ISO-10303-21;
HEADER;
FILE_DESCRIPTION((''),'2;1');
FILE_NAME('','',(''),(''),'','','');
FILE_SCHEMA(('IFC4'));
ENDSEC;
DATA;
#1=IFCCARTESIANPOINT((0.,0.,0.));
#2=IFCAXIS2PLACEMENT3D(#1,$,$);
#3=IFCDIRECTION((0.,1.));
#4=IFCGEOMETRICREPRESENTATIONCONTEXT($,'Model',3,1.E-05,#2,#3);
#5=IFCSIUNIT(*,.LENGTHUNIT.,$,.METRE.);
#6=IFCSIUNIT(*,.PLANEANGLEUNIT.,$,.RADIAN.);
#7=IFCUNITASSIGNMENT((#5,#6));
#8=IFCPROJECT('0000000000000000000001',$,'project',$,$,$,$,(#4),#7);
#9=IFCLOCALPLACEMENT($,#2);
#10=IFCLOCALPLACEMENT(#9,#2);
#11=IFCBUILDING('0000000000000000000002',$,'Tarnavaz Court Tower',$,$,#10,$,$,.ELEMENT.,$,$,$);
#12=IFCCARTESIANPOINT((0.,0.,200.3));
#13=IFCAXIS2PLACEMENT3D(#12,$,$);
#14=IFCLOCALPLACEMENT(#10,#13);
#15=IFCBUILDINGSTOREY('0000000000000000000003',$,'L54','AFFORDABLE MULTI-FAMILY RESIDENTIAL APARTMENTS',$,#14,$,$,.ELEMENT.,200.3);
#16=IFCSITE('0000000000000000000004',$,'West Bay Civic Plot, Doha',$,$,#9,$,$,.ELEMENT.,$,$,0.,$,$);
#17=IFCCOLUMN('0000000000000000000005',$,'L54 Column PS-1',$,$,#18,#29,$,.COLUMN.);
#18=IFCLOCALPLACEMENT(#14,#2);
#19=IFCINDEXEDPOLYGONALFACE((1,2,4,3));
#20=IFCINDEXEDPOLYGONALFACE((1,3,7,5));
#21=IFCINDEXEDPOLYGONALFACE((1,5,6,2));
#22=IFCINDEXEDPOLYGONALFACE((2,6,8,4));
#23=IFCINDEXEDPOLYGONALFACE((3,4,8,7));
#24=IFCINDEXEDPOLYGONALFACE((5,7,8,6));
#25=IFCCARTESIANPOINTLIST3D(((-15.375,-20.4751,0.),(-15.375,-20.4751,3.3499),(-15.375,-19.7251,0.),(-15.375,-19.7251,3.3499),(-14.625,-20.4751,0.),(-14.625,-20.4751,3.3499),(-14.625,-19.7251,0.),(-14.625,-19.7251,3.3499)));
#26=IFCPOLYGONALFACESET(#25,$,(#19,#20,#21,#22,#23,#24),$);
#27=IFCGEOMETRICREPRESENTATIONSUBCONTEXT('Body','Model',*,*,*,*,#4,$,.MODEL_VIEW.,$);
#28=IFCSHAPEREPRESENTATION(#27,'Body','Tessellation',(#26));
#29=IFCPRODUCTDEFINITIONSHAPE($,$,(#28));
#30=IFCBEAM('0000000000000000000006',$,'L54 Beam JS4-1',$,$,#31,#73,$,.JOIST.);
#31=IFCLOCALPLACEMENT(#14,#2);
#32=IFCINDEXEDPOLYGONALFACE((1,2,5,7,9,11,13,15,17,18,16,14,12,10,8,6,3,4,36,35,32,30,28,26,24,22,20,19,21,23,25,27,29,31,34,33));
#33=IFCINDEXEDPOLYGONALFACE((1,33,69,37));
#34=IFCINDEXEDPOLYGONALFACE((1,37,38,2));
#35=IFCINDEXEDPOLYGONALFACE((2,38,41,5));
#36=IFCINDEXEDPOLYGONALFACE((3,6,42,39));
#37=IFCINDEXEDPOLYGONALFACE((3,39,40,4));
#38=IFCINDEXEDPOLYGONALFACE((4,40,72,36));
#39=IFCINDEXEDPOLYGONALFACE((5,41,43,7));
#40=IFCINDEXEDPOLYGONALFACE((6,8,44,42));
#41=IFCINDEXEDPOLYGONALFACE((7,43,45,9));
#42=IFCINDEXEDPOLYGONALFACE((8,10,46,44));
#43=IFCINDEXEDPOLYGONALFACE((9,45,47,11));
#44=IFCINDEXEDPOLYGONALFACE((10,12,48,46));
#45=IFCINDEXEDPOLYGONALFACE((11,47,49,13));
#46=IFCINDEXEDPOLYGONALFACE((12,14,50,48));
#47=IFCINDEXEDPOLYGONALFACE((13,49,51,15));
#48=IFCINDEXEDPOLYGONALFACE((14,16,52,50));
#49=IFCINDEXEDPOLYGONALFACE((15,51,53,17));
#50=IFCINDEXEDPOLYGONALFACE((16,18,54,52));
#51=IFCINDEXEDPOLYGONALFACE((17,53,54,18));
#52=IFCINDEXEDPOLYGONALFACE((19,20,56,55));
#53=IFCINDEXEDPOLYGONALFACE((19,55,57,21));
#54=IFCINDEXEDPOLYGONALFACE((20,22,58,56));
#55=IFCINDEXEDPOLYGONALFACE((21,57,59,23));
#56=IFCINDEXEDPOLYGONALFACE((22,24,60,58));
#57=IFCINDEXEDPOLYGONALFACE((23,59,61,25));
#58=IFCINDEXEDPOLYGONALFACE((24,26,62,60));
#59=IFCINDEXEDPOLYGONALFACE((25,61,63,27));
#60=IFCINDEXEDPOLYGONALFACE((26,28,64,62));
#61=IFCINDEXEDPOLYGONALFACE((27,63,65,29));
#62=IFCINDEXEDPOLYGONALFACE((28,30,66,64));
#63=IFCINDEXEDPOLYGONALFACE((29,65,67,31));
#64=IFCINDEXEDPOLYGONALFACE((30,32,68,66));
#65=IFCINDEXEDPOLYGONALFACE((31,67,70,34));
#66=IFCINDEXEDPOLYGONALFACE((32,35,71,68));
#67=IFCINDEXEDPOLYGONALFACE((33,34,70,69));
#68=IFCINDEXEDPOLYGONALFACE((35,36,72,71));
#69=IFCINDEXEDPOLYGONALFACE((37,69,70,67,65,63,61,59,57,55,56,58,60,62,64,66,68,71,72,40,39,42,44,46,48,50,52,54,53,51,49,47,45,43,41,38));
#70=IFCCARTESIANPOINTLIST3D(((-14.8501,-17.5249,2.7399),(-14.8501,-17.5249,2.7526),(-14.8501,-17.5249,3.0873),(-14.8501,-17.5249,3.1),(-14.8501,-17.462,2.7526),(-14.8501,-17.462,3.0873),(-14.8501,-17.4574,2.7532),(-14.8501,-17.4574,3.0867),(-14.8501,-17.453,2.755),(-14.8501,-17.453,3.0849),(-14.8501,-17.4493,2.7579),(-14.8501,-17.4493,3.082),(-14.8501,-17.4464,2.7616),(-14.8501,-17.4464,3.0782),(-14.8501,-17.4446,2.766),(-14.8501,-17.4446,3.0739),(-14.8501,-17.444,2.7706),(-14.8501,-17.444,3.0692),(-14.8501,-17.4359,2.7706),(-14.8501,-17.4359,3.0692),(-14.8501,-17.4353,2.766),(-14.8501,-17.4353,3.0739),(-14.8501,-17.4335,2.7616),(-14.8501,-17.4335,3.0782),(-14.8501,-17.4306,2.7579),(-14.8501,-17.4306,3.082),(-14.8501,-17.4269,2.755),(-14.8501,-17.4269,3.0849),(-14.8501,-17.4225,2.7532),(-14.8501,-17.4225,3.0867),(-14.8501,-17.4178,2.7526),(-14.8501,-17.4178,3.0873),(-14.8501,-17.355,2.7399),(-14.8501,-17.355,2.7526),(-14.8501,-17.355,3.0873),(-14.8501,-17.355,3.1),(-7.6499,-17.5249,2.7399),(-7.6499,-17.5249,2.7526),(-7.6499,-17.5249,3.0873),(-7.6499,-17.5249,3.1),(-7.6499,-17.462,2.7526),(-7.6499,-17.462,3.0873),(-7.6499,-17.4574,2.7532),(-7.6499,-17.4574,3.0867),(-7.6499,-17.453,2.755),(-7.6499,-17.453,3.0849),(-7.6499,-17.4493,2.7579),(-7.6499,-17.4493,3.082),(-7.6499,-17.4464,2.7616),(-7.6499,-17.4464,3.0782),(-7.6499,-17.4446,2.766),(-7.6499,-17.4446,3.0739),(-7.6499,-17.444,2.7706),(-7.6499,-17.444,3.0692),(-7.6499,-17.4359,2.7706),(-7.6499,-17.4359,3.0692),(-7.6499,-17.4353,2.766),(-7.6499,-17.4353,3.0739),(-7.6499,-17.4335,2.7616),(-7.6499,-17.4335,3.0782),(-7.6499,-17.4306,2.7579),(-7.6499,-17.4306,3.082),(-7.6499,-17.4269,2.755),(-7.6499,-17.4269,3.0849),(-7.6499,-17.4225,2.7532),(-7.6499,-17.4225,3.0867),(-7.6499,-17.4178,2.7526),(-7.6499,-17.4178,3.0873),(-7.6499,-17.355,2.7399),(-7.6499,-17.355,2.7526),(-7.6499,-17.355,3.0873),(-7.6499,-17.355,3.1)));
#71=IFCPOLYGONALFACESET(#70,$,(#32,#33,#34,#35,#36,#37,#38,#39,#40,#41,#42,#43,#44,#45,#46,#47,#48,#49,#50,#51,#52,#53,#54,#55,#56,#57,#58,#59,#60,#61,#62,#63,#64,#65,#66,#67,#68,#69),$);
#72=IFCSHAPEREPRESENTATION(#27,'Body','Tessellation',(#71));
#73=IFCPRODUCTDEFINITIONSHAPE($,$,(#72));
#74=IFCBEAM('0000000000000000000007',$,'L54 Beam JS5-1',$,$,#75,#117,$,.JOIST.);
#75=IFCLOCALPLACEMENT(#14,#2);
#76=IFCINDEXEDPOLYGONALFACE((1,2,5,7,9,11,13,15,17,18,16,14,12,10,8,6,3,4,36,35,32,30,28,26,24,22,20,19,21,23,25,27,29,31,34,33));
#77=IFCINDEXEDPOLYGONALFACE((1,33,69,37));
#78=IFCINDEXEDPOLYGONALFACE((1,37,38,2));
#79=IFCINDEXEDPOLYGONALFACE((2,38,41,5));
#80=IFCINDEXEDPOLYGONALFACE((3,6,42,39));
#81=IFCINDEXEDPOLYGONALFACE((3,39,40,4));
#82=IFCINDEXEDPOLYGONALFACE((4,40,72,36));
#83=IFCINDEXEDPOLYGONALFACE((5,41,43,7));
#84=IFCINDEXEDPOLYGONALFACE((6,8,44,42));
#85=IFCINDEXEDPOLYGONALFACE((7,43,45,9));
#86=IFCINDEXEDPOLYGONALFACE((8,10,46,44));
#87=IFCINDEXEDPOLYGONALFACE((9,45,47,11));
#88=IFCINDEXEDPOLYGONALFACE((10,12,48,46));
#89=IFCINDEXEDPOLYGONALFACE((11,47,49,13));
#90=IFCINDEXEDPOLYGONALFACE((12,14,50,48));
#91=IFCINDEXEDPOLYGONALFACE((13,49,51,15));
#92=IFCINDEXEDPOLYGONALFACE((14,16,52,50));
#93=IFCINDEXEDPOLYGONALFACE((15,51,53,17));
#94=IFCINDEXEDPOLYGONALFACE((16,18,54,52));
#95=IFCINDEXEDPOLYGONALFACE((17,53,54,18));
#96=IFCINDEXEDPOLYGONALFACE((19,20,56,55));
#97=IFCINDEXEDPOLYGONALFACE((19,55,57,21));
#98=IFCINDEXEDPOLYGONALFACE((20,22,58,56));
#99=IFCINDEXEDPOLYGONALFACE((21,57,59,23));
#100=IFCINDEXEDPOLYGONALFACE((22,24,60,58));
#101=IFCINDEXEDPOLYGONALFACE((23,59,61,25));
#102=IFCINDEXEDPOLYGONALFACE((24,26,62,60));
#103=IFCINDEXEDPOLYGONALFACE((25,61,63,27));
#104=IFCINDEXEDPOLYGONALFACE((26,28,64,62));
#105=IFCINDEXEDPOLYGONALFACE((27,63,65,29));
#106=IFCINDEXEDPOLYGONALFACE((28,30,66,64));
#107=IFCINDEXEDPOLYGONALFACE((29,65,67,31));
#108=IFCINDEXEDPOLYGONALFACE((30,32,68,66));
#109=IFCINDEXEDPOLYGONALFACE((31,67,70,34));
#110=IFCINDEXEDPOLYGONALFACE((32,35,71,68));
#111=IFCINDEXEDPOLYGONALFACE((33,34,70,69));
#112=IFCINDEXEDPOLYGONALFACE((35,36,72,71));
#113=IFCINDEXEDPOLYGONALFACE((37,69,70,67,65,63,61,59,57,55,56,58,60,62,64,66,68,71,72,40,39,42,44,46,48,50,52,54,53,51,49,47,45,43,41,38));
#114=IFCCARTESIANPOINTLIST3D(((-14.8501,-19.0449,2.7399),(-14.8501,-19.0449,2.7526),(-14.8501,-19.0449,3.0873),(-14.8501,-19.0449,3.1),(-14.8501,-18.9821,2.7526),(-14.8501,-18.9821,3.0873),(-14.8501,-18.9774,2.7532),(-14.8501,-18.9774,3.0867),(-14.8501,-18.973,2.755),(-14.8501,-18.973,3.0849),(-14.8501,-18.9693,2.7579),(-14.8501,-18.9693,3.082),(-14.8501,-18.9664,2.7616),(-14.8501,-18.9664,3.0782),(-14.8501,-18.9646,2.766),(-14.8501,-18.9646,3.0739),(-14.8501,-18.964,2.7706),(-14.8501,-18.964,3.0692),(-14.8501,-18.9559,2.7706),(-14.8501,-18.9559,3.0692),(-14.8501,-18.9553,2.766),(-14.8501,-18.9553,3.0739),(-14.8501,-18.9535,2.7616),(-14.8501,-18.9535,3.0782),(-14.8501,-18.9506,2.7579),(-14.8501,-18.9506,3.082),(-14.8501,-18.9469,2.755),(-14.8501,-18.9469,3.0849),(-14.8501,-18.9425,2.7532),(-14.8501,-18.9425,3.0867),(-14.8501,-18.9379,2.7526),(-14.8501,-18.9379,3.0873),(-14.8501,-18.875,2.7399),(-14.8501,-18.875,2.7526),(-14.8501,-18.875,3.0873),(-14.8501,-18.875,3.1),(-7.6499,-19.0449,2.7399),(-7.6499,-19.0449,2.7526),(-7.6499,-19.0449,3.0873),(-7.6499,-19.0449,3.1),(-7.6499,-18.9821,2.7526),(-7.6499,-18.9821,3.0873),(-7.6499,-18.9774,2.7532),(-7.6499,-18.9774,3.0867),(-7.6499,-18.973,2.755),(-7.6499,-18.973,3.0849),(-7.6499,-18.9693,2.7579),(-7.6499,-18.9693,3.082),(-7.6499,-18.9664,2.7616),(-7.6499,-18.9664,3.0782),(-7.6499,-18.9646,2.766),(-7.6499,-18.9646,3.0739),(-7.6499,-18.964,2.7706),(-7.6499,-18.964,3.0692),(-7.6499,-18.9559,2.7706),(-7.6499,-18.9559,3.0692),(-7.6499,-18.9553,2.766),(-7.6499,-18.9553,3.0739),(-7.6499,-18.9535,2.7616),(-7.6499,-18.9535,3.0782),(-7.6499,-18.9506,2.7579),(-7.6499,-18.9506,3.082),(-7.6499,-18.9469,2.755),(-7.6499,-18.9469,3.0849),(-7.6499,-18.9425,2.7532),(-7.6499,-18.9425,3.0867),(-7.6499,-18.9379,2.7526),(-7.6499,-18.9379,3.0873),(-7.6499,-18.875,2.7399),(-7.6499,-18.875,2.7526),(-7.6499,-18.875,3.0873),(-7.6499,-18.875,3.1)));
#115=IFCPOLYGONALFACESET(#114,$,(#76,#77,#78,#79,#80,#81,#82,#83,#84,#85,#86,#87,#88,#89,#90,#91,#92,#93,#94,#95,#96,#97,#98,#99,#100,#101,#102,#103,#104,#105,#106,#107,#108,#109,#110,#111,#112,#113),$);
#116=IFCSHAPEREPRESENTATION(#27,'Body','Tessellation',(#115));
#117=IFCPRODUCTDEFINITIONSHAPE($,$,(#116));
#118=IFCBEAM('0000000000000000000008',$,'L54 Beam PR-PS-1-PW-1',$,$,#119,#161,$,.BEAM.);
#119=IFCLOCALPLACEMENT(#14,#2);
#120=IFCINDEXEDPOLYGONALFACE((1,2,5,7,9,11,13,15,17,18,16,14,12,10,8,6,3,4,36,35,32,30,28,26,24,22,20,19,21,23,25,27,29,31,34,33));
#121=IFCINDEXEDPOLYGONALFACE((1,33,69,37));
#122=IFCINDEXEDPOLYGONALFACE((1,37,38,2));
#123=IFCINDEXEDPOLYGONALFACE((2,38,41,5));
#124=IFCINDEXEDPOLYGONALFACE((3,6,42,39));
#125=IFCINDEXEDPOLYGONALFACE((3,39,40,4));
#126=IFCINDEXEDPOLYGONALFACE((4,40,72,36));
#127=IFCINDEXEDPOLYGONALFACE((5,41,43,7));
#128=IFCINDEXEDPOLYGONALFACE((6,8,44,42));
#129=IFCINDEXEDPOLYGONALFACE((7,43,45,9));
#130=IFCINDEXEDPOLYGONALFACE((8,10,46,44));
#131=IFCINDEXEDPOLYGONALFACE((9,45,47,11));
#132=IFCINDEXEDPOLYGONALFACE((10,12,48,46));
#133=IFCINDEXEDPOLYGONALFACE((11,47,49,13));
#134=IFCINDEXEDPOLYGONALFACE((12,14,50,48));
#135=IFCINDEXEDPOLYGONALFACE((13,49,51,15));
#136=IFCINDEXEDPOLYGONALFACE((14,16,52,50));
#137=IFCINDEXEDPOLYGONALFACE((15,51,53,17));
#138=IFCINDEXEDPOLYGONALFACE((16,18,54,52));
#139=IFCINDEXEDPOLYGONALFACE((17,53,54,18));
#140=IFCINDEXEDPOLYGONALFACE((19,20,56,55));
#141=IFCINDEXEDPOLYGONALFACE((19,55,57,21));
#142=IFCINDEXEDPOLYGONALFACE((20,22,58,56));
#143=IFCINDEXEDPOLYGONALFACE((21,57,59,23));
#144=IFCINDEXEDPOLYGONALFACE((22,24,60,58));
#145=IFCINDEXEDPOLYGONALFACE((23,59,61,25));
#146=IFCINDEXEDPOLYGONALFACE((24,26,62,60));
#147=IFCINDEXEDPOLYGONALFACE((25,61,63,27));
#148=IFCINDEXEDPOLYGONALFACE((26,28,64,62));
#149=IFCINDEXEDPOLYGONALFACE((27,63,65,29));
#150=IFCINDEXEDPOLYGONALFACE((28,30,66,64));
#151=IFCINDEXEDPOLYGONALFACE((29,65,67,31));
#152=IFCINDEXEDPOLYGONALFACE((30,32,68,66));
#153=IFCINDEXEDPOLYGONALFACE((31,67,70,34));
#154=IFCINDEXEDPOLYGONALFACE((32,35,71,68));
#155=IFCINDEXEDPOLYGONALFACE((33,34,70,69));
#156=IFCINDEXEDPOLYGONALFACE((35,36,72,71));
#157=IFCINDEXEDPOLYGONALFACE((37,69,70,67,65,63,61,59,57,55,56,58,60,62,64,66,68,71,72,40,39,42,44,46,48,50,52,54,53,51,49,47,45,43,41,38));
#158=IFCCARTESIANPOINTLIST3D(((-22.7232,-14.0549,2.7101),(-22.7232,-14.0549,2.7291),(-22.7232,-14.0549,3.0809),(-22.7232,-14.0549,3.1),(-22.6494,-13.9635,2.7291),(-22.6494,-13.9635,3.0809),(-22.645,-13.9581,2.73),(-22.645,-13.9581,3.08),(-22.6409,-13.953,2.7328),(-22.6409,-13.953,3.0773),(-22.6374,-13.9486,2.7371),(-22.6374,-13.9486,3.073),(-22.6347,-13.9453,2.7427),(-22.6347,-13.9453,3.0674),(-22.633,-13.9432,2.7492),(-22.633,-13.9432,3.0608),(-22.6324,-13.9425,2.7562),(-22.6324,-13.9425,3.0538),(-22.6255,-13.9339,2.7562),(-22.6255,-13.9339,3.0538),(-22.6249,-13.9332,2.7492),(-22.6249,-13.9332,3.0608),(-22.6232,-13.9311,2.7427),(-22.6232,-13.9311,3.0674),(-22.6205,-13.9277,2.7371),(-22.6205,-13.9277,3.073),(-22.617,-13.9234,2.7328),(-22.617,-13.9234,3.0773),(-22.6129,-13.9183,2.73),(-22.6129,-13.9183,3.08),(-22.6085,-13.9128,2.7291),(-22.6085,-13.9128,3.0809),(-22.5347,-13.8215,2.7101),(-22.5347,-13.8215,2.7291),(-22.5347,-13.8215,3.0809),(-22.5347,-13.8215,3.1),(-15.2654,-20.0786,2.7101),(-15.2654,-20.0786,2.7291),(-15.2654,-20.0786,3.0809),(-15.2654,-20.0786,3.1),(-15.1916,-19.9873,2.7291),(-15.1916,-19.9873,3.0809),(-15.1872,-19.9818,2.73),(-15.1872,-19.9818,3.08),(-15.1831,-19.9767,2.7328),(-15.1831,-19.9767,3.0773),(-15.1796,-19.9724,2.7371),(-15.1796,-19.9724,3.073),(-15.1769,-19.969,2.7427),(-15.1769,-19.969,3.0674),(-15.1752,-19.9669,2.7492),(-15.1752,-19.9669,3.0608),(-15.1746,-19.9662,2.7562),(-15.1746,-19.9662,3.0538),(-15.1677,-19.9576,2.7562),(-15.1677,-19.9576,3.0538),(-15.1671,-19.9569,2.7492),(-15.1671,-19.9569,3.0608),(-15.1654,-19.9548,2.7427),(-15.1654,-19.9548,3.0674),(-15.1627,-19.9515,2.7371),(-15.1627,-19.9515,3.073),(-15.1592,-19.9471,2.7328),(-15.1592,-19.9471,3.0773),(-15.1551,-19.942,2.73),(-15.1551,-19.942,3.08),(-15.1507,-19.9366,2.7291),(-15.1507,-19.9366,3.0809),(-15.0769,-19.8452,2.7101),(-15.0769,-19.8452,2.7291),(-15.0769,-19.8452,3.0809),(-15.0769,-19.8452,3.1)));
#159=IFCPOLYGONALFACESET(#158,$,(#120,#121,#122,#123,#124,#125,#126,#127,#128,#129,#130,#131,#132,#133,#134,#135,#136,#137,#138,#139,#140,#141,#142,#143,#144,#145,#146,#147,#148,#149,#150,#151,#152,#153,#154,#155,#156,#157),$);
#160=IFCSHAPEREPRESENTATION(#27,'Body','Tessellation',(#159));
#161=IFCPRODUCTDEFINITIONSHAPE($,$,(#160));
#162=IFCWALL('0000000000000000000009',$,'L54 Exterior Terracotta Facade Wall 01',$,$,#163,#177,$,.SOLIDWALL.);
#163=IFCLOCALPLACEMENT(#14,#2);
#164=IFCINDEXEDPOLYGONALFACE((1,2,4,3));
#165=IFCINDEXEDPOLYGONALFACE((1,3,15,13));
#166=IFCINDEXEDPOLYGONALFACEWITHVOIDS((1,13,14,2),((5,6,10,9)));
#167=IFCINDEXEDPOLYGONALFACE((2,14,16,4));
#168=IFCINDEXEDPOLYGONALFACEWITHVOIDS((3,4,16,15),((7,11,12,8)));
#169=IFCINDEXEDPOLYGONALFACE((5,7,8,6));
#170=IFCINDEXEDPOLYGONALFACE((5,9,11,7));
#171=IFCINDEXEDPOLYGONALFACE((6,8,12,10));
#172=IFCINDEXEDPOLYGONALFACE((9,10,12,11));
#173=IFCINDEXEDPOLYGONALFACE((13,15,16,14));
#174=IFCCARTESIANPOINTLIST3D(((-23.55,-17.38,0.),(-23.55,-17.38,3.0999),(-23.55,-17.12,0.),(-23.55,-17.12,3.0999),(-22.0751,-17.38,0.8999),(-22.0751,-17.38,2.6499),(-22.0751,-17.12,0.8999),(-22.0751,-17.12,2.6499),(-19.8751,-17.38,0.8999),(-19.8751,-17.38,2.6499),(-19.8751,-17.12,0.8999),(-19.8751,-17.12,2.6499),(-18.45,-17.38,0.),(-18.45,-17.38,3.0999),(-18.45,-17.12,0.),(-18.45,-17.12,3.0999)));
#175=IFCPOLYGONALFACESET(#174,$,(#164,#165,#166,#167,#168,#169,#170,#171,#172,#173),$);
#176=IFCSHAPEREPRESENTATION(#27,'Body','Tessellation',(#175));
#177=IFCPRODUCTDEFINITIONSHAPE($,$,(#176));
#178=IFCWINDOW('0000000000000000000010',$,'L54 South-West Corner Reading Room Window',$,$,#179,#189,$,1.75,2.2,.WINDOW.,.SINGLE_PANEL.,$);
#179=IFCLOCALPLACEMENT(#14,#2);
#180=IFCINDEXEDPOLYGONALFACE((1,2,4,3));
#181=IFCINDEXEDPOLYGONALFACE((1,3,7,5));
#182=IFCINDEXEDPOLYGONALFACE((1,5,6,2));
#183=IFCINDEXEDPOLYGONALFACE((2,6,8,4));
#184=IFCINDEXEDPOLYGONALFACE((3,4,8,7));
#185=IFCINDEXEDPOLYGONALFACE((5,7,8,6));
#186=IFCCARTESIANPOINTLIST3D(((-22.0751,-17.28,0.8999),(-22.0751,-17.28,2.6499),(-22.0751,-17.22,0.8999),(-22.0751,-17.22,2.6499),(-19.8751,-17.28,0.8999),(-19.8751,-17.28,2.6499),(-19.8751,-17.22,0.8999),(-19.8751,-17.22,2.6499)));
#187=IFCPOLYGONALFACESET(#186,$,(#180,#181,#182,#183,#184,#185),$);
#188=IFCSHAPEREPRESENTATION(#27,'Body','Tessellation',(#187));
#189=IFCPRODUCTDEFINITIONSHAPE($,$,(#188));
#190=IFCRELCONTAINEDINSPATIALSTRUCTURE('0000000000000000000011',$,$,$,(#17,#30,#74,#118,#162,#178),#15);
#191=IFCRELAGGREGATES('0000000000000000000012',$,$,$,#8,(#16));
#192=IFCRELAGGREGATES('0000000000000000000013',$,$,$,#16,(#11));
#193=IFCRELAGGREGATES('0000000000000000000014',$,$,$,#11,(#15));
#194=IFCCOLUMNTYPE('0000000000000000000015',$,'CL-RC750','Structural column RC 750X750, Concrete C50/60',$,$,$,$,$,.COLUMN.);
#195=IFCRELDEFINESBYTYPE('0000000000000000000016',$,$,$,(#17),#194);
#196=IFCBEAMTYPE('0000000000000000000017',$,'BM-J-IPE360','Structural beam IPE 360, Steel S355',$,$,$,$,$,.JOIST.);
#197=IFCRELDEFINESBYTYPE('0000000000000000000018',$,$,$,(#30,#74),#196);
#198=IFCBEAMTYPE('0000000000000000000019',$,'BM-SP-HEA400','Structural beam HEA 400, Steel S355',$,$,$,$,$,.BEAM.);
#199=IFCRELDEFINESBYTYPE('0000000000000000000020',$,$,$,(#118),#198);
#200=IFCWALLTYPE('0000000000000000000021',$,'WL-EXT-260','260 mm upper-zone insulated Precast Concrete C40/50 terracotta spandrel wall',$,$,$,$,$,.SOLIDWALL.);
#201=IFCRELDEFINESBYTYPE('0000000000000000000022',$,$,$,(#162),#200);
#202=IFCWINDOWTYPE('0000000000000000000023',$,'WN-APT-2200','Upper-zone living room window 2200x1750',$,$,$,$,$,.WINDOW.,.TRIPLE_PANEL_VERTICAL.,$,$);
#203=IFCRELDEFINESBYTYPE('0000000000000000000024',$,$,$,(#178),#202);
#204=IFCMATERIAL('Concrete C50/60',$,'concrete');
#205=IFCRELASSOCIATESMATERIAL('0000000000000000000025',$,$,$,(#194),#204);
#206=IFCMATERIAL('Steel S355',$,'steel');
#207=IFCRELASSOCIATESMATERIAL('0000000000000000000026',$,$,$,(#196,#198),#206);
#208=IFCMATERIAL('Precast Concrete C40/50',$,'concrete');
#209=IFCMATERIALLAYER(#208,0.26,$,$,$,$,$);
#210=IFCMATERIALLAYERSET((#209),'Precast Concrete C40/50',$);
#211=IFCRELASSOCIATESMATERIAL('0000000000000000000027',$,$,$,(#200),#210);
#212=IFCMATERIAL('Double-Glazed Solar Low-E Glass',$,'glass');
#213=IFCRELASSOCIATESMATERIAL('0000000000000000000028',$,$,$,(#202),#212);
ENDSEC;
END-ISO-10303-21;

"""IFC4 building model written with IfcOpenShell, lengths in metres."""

from ifc_helpers import new_model, si_unit, direction, frame, frame_2d, origin, origin_2d, place, context, subcontext, project, spatial, rectangle, i_section, extrude, material, layer, layer_set, material_profile, profile_set, type_object, element, fill, save


model = new_model("IFC4")

# Units and contexts
model_context = context("Model", 3, precision=1e-05, world=origin(), true_north=direction((0.0, 1.0)))
body_context = subcontext(model_context, "Body", "Model", "MODEL_VIEW")
ifc_project = project(units=[si_unit("LENGTHUNIT", "METRE"), si_unit("PLANEANGLEUNIT", "RADIAN")], contexts=[model_context])

# Site, building, storey
site_placement = place(None, origin())
site = spatial("IfcSite", under=ifc_project, at=site_placement, Name="West Bay Civic Plot, Doha", CompositionType="ELEMENT", RefElevation=0.0)
building_placement = place(site_placement, origin())
building = spatial("IfcBuilding", under=site, at=building_placement, Name="Tarnavaz Court Tower", CompositionType="ELEMENT")
storey_placement = place(building_placement, frame((0.0, 0.0, 200.3)))
storey = spatial("IfcBuildingStorey", under=building, at=storey_placement, Name="L54", Description="AFFORDABLE MULTI-FAMILY RESIDENTIAL APARTMENTS", CompositionType="ELEMENT", Elevation=200.3)

# Column
ifc_material_1 = material(Name="Concrete C50/60", Category="concrete")
ifc_material_profile_1 = material_profile(ifc_material_1, rectangle(XDim=0.75, YDim=0.75, at=origin_2d()), Name="RC 750X750")
ifc_profile_set_1 = profile_set([ifc_material_profile_1], Name="Concrete C50/60")
column_type = type_object("IfcColumnType", Name="CL-RC750", Description="Structural column RC 750X750, Concrete C50/60", PredefinedType="COLUMN", material=ifc_profile_set_1)
column_placement = place(storey_placement, frame((-15.0, -20.1001, 0.0), z_axis=(0.0, 0.0, 1.0), x_axis=(1.0, 0.0, 0.0)))
element("IfcColumn", 1, at=column_placement, inside=storey, type_object=column_type, Name="L54 Column PS-1", PredefinedType="COLUMN", context=body_context, shape_type="SweptSolid", body=[
    extrude(rectangle(XDim=0.75, YDim=0.75, at=origin_2d()), origin(), (0.0, 0.0, 1.0), 3.3499),
])

# Beams
ifc_material_2 = material(Name="Steel S355", Category="steel")
ifc_material_profile_2 = material_profile(ifc_material_2, i_section(OverallWidth=0.1699, OverallDepth=0.3601, WebThickness=0.0081, FlangeThickness=0.0127, FilletRadius=0.0181, at=origin_2d()), Name="IPE 360")
ifc_profile_set_2 = profile_set([ifc_material_profile_2], Name="Steel S355")
beam_type_1 = type_object("IfcBeamType", Name="BM-J-IPE360", Description="Structural beam IPE 360, Steel S355", PredefinedType="JOIST", material=ifc_profile_set_2)
for number, where, z_axis, x_axis, name in (
    (2, (-14.8501, -17.4399, 2.9199), (1.0, 0.0, 0.0), (0.0, 1.0, 0.0), "L54 Beam JS4-1"),
    (3, (-14.8501, -18.96, 2.9199), (1.0, 0.0, 0.0), (0.0, 1.0, 0.0), "L54 Beam JS5-1"),
):
    element("IfcBeam", number, at=place(storey_placement, frame(where, z_axis=z_axis, x_axis=x_axis)), inside=storey, type_object=beam_type_1, Name=name, PredefinedType="JOIST", context=body_context, shape_type="SweptSolid", body=[
        extrude(i_section(OverallWidth=0.1699, OverallDepth=0.3601, WebThickness=0.0081, FlangeThickness=0.0127, FilletRadius=0.0181, at=origin_2d()), origin(), (0.0, 0.0, 1.0), 7.2002),
    ])
ifc_material_profile_3 = material_profile(ifc_material_2, i_section(OverallWidth=0.3, OverallDepth=0.3899, WebThickness=0.011, FlangeThickness=0.019, FilletRadius=0.0271, at=origin_2d()), Name="HEA 400")
ifc_profile_set_3 = profile_set([ifc_material_profile_3], Name="Steel S355")
beam_type_2 = type_object("IfcBeamType", Name="BM-SP-HEA400", Description="Structural beam HEA 400, Steel S355", PredefinedType="BEAM", material=ifc_profile_set_3)
beam_placement = place(storey_placement, frame((-15.1711, -19.9619, 2.905), z_axis=(-0.777936, 0.628344, 0.0), x_axis=(-0.628344, -0.777936, 0.0)))
element("IfcBeam", 4, at=beam_placement, inside=storey, type_object=beam_type_2, Name="L54 Beam PR-PS-1-PW-1", PredefinedType="BEAM", context=body_context, shape_type="SweptSolid", body=[
    extrude(i_section(OverallWidth=0.3, OverallDepth=0.3899, WebThickness=0.011, FlangeThickness=0.019, FilletRadius=0.0271, at=origin_2d()), origin(), (0.0, 0.0, 1.0), 9.5867),
])

# Wall, opening, window
ifc_material_3 = material(Name="Precast Concrete C40/50", Category="concrete")
ifc_layer_1 = layer(ifc_material_3, 0.26)
ifc_layer_set_1 = layer_set([ifc_layer_1], Name="Precast Concrete C40/50")
wall_type_1 = type_object("IfcWallType", Name="WL-EXT-260", Description="260 mm upper-zone insulated Precast Concrete C40/50 terracotta spandrel wall", PredefinedType="SOLIDWALL", material=ifc_layer_set_1)
wall_1_placement = place(storey_placement, frame((-18.45, -17.25, 0.0), z_axis=(0.0, 0.0, 1.0), x_axis=(-1.0, 0.0, 0.0)))
wall_1 = element("IfcWall", 5, at=wall_1_placement, inside=storey, type_object=wall_type_1, Name="L54 Exterior Terracotta Facade Wall 01", PredefinedType="SOLIDWALL", context=body_context, shape_type="SweptSolid", body=[
    extrude(rectangle(XDim=5.1001, YDim=0.26, at=frame_2d((2.55, 0.0))), origin(), (0.0, 0.0, 1.0), 3.0999),
])
opening_1_placement = place(wall_1_placement, frame((1.425, 0.0, 0.8999)))
opening_1 = element("IfcOpeningElement", 6, at=opening_1_placement, cuts=wall_1, PredefinedType="OPENING", context=body_context, shape_type="SweptSolid", body=[
    extrude(rectangle(XDim=2.2, YDim=1.75, at=frame_2d((1.1001, 0.875))), frame((0.0, 0.1399, 0.0), z_axis=(0.0, -1.0, 0.0), x_axis=(1.0, 0.0, 0.0)), (0.0, 0.0, 1.0), 0.28),
])
ifc_material_4 = material(Name="Double-Glazed Solar Low-E Glass", Category="glass")
window_type_1 = type_object("IfcWindowType", Name="WN-APT-2200", Description="Upper-zone living room window 2200x1750", PartitioningType="TRIPLE_PANEL_VERTICAL", PredefinedType="WINDOW", material=ifc_material_4)
window_1_placement = place(opening_1_placement, origin())
window_1 = element("IfcWindow", 7, at=window_1_placement, inside=storey, type_object=window_type_1, Name="L54 South-West Corner Reading Room Window", OverallHeight=1.75, OverallWidth=2.2, PartitioningType="SINGLE_PANEL", PredefinedType="WINDOW", context=body_context, shape_type="SweptSolid", body=[
    extrude(rectangle(XDim=2.2, YDim=1.75, at=frame_2d((1.1001, 0.875))), frame((0.0, 0.03, 0.0), z_axis=(0.0, -1.0, 0.0), x_axis=(1.0, 0.0, 0.0)), (0.0, 0.0, 1.0), 0.0601),
])
fill(opening_1, window_1)

save(model, "model.ifc")
